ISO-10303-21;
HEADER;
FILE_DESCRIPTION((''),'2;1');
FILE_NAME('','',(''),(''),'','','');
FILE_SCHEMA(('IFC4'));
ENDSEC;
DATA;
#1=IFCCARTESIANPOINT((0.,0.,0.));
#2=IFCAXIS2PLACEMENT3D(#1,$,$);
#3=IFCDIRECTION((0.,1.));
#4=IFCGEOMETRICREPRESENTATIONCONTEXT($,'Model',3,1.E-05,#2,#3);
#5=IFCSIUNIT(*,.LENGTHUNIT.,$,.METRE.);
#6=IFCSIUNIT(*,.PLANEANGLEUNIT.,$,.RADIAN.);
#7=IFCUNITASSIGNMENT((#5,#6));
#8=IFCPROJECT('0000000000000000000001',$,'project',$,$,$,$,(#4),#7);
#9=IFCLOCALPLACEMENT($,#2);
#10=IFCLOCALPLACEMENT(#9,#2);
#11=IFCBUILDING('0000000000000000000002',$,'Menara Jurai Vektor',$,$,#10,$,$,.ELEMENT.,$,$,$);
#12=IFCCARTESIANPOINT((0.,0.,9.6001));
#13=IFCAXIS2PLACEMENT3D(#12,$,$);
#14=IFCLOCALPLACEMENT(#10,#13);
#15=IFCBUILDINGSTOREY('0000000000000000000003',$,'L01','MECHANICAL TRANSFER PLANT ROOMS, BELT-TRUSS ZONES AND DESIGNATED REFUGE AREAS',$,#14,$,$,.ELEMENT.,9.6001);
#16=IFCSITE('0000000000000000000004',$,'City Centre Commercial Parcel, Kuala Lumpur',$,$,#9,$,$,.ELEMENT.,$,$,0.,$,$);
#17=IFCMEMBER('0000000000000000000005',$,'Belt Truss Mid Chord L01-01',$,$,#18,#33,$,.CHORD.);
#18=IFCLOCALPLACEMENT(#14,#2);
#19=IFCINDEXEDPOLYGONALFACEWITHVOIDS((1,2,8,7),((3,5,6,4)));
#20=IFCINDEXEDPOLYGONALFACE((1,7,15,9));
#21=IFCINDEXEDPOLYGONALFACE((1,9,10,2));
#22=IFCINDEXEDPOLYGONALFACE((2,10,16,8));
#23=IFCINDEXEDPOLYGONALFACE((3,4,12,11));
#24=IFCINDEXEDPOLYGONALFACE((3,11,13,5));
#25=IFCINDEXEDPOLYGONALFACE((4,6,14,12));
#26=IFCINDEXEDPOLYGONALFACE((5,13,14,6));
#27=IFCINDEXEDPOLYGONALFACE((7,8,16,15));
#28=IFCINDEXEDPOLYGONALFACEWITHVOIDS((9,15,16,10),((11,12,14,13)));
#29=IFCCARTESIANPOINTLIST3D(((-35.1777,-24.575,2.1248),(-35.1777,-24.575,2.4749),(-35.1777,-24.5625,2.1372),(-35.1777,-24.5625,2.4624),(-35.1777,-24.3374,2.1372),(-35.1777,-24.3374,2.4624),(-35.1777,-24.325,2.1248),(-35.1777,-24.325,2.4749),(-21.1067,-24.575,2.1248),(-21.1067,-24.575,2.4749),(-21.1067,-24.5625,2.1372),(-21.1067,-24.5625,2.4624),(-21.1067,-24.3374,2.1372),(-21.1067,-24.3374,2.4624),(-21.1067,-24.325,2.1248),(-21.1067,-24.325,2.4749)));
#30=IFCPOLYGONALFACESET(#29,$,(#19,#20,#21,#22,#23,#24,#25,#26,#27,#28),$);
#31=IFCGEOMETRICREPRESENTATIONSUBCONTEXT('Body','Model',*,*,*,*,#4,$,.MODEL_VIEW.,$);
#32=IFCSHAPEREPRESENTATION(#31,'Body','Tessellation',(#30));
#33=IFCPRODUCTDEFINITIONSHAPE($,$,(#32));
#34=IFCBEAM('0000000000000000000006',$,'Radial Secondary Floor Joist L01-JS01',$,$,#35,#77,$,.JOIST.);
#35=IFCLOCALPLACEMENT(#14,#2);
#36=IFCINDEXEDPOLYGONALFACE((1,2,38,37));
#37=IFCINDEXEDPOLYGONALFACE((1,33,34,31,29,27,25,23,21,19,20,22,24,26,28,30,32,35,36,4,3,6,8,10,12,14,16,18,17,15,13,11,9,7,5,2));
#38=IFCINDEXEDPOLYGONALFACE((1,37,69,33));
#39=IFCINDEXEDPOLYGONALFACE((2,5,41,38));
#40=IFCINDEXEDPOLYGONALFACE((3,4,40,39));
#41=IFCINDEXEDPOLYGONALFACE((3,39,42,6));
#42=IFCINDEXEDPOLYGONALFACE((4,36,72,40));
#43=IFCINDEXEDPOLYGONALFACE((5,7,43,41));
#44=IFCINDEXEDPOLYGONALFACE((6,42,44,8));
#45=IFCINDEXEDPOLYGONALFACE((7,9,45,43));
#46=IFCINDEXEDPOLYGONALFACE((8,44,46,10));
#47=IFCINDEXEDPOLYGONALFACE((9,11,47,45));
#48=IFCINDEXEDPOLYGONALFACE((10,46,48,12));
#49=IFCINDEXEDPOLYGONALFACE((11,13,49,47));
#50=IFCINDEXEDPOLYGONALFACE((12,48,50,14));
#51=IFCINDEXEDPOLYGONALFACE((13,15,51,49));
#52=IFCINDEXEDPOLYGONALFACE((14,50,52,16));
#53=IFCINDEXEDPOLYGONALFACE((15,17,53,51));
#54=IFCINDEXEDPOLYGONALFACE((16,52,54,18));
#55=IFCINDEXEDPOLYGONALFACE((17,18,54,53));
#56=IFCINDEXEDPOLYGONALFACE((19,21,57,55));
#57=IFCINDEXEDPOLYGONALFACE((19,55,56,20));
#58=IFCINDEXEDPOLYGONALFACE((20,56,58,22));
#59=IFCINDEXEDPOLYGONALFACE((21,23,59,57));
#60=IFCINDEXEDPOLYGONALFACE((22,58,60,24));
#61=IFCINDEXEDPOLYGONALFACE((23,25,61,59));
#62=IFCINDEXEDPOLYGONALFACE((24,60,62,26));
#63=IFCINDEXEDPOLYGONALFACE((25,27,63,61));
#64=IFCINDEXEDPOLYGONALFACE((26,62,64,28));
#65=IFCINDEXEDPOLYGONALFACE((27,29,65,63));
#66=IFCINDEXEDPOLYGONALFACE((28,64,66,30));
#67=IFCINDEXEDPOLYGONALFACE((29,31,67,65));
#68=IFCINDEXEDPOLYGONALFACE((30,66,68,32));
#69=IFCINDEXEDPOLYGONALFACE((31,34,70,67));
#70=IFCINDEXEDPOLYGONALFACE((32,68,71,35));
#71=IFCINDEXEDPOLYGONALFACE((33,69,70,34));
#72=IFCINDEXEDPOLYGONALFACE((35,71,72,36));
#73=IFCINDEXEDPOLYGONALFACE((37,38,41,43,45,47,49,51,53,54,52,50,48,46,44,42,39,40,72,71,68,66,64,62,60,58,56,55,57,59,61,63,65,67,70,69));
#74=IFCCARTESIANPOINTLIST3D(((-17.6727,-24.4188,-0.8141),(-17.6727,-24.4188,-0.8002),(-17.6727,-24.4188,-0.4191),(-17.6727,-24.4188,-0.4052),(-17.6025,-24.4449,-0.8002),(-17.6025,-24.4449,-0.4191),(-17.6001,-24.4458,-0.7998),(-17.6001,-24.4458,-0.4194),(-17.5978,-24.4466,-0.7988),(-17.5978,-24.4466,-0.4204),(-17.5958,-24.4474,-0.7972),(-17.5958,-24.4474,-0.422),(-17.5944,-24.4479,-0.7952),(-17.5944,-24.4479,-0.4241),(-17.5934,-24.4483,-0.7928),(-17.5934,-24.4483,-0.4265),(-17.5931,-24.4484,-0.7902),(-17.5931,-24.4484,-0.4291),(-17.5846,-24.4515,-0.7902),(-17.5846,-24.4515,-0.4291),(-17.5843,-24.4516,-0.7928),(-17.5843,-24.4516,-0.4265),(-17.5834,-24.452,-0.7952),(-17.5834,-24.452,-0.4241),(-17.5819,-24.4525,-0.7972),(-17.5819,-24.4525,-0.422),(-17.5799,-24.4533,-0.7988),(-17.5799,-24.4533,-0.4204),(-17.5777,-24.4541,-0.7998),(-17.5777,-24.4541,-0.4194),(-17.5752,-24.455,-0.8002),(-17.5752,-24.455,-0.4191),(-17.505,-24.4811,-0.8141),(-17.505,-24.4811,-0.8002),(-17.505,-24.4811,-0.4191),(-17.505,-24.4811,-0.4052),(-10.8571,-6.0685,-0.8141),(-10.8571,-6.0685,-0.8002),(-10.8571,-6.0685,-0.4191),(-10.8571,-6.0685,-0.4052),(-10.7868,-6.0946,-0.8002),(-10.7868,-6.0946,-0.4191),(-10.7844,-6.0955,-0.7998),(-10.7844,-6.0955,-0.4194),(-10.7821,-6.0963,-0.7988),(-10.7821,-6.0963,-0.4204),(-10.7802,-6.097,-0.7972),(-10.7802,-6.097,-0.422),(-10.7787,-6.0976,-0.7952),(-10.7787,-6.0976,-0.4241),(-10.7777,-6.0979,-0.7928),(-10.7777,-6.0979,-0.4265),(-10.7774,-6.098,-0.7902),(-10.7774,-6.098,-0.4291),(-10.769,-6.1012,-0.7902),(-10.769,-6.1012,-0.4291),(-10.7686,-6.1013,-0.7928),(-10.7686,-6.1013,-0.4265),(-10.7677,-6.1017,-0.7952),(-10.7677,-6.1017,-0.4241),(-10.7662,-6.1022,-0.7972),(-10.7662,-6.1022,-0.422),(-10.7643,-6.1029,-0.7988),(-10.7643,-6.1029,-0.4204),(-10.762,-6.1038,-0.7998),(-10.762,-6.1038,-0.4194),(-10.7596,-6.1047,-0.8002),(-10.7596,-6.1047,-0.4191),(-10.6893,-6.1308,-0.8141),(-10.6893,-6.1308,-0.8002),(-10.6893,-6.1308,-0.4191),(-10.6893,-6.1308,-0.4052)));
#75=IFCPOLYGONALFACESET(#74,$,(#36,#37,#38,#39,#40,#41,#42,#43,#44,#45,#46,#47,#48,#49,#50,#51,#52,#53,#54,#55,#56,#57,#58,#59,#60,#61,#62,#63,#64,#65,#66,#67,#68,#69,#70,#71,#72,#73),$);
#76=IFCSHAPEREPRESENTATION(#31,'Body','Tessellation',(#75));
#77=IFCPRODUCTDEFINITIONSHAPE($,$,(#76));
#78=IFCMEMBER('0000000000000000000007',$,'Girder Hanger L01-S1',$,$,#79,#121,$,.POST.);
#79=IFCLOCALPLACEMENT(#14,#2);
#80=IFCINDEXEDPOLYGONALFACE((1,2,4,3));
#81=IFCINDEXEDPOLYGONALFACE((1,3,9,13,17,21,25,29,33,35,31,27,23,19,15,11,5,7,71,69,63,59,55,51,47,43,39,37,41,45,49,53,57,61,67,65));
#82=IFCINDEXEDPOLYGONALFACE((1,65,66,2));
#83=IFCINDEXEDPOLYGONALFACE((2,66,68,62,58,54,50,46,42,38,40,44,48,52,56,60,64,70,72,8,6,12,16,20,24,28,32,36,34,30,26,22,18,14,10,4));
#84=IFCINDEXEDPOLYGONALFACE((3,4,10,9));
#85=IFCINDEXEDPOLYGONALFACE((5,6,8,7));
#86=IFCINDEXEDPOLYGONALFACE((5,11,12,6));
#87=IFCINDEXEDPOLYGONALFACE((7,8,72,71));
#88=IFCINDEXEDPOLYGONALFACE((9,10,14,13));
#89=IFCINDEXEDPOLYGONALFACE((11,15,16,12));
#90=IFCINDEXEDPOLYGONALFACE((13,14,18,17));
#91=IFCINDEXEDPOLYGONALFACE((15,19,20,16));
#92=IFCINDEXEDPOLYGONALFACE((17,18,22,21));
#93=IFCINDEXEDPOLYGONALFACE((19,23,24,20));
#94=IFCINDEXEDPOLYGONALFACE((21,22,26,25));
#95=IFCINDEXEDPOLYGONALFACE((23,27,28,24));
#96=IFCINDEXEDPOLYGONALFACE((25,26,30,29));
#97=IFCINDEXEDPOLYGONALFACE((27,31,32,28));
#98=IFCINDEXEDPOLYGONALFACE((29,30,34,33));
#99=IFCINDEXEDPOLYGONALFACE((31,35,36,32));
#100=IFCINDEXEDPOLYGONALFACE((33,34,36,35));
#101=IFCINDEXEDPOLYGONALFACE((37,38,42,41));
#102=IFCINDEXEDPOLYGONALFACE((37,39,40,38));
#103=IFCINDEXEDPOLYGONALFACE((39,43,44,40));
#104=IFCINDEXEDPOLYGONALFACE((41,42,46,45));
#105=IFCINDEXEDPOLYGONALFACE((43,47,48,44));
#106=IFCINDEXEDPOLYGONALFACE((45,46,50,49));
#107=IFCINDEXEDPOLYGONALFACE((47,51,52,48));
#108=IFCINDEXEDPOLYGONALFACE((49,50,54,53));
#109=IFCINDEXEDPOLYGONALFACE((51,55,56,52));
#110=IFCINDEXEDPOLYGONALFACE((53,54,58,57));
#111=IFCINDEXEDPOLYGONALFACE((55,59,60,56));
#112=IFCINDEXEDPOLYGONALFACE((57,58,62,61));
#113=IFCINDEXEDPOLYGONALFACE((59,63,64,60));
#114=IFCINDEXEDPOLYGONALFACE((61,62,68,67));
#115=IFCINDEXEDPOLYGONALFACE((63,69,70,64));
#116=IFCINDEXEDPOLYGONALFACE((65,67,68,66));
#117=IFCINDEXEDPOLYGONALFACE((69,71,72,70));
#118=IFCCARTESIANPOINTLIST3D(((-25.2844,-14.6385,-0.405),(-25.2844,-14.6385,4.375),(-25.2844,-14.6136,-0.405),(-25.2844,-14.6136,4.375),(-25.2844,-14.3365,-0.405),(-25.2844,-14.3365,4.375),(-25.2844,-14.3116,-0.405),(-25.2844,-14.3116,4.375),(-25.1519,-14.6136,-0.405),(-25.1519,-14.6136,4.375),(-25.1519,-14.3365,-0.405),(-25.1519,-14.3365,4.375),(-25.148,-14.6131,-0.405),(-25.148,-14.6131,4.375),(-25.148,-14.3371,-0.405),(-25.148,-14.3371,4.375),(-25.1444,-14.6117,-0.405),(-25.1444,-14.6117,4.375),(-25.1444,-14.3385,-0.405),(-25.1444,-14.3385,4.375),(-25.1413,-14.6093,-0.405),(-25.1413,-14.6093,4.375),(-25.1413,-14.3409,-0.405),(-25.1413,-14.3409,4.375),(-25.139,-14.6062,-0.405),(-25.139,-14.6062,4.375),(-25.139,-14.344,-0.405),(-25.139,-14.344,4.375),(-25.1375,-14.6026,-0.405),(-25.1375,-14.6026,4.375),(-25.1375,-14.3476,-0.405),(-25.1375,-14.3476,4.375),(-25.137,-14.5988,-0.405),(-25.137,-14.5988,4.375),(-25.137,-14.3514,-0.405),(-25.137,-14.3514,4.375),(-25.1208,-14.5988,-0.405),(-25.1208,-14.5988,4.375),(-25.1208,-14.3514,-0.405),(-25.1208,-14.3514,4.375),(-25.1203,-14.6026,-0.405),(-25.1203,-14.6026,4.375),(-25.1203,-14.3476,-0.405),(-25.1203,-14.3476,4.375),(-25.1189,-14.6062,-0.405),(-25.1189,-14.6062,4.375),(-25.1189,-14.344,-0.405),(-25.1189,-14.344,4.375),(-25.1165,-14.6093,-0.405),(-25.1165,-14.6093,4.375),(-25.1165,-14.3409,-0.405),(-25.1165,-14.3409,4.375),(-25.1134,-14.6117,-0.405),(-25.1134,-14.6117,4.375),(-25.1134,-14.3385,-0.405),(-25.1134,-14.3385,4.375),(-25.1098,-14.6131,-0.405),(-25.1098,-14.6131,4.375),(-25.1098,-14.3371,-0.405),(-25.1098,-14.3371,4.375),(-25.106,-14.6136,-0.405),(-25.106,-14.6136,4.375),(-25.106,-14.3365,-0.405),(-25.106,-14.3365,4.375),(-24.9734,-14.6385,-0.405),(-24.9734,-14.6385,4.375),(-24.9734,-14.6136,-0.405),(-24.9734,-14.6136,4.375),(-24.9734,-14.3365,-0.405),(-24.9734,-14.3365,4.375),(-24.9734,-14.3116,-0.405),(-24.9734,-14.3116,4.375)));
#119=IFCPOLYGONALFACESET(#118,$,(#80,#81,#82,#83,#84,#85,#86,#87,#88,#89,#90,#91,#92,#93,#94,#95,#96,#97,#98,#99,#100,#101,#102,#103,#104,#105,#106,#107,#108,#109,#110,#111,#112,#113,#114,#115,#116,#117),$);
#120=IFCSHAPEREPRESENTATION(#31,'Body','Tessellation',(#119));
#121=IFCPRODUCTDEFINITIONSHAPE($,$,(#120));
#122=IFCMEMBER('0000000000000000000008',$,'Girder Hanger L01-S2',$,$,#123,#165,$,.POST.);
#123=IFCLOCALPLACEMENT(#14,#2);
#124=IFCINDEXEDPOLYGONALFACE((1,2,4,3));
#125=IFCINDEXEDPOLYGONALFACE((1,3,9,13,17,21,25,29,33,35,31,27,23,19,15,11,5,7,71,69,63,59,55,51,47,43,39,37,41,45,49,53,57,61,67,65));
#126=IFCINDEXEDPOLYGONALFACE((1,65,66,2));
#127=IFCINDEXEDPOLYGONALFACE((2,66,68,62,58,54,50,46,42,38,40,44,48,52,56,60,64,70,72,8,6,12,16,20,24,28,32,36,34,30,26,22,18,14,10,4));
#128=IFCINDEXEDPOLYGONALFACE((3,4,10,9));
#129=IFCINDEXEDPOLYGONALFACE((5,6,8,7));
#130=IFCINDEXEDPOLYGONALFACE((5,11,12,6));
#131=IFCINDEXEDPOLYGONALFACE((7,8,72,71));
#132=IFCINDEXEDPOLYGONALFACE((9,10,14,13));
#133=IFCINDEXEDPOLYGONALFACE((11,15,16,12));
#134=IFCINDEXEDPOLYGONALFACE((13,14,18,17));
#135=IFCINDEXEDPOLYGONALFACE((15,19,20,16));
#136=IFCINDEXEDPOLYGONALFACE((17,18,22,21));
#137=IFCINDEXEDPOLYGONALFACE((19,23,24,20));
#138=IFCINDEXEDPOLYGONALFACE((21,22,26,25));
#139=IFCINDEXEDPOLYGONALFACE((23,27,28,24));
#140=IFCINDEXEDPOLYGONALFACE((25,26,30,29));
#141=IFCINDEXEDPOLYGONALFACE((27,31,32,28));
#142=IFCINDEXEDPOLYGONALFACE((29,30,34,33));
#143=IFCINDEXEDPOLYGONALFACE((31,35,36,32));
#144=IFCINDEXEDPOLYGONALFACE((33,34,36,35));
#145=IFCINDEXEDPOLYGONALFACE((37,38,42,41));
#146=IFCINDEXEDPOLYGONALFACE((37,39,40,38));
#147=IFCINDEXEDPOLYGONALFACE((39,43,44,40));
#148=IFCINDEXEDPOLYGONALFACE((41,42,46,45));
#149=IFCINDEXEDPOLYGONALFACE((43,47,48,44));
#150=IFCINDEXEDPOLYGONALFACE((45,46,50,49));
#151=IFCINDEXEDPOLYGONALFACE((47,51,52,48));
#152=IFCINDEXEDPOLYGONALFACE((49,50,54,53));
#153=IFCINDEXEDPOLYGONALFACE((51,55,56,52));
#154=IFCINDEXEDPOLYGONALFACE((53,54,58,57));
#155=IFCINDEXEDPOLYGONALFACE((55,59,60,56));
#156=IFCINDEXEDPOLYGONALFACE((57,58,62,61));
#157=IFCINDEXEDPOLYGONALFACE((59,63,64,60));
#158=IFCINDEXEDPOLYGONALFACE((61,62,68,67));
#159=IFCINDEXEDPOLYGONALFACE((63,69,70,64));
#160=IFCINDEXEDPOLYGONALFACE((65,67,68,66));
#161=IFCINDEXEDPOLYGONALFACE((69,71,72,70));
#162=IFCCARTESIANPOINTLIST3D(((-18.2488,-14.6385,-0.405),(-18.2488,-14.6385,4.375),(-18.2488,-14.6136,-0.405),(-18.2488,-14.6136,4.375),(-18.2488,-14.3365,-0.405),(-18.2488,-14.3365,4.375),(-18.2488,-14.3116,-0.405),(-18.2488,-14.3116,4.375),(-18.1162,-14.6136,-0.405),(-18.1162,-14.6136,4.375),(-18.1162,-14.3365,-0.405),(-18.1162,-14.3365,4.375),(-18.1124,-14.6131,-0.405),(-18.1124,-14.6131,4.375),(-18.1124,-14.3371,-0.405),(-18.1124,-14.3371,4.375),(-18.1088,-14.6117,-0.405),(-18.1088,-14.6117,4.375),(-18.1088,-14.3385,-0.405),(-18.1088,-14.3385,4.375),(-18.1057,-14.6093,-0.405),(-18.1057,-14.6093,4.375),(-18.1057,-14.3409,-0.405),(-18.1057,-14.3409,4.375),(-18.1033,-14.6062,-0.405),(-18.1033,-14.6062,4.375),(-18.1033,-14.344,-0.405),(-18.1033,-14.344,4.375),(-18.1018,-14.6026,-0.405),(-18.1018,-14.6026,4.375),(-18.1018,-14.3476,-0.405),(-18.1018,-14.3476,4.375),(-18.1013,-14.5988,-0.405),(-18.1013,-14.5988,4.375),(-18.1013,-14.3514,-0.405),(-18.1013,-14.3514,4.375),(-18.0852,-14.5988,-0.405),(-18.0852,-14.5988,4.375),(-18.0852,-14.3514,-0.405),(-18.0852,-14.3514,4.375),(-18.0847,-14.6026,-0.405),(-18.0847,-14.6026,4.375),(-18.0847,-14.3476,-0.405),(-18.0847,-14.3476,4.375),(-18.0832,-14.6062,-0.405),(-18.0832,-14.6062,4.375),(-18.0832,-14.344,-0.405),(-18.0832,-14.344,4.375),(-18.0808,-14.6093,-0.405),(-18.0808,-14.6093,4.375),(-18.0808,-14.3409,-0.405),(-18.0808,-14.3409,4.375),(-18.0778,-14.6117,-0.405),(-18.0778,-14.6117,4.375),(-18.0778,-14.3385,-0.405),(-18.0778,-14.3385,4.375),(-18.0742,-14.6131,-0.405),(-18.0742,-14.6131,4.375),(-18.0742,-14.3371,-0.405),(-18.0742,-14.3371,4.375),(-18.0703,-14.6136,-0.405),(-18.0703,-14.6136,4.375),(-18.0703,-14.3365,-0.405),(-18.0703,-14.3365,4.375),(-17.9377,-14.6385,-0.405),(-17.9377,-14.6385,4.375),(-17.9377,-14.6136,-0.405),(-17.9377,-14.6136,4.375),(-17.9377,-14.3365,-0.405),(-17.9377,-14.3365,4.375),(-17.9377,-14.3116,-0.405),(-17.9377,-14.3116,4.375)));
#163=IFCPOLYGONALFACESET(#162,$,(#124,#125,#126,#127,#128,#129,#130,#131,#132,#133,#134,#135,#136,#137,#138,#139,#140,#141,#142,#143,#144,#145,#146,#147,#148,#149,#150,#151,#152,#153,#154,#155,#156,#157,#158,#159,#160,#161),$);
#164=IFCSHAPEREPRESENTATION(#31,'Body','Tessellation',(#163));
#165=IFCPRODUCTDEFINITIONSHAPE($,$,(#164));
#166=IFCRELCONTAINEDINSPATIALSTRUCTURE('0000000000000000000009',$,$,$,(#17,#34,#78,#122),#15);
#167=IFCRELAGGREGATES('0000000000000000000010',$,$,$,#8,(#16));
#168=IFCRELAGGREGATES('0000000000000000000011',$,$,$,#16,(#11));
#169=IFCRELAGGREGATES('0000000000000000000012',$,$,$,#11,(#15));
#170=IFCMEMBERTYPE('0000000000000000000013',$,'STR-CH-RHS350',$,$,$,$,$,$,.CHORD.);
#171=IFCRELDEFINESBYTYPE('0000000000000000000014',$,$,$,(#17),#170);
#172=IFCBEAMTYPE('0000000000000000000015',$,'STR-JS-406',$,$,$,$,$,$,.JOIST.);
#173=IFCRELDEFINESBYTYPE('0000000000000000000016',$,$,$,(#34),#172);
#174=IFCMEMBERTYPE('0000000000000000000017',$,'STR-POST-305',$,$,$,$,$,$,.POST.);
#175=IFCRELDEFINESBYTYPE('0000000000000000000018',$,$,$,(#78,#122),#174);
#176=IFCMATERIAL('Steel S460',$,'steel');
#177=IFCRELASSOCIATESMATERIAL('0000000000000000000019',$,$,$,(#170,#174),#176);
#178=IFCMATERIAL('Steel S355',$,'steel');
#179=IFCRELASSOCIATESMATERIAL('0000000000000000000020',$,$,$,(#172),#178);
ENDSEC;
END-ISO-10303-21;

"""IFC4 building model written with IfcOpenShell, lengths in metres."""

from ifc_helpers import new_model, si_unit, direction, frame, origin, origin_2d, place, context, subcontext, project, spatial, hollow_rectangle, i_section, extrude, material, material_profile, profile_set, type_object, element, save


model = new_model("IFC4")

# Units and contexts
model_context = context("Model", 3, precision=1e-05, world=origin(), true_north=direction((0.0, 1.0)))
body_context = subcontext(model_context, "Body", "Model", "MODEL_VIEW")
ifc_project = project(units=[si_unit("LENGTHUNIT", "METRE"), si_unit("PLANEANGLEUNIT", "RADIAN")], contexts=[model_context])

# Site, building, storey
site_placement = place(None, origin())
site = spatial("IfcSite", under=ifc_project, at=site_placement, Name="City Centre Commercial Parcel, Kuala Lumpur", CompositionType="ELEMENT", RefElevation=0.0)
building_placement = place(site_placement, origin())
building = spatial("IfcBuilding", under=site, at=building_placement, Name="Menara Jurai Vektor", CompositionType="ELEMENT")
storey_placement = place(building_placement, frame((0.0, 0.0, 9.6001)))
storey = spatial("IfcBuildingStorey", under=building, at=storey_placement, Name="L01", Description="MECHANICAL TRANSFER PLANT ROOMS, BELT-TRUSS ZONES AND DESIGNATED REFUGE AREAS", CompositionType="ELEMENT", Elevation=9.6001)

# Shared definitions
ifc_material_1 = material(Name="Steel S460", Category="steel")

# Member
ifc_material_profile_1 = material_profile(ifc_material_1, hollow_rectangle(XDim=0.25, YDim=0.3501, WallThickness=0.0125, at=origin_2d()), Name="RHS 350x250x12.5")
ifc_profile_set_1 = profile_set([ifc_material_profile_1], Name="Steel S460")
member_type_1 = type_object("IfcMemberType", Name="STR-CH-RHS350", PredefinedType="CHORD", material=ifc_profile_set_1)
member_1_placement = place(storey_placement, frame((-35.1777, -24.45, 2.2998), z_axis=(1.0, 0.0, 0.0), x_axis=(0.0, 1.0, 0.0)))
element("IfcMember", 1, at=member_1_placement, inside=storey, type_object=member_type_1, Name="Belt Truss Mid Chord L01-01", PredefinedType="CHORD", context=body_context, shape_type="SweptSolid", body=[
    extrude(hollow_rectangle(XDim=0.25, YDim=0.3501, WallThickness=0.0125, at=origin_2d()), origin(), (0.0, 0.0, 1.0), 14.071),
])

# Beam
ifc_material_2 = material(Name="Steel S355", Category="steel")
ifc_material_profile_2 = material_profile(ifc_material_2, i_section(OverallWidth=0.179, OverallDepth=0.4089, WebThickness=0.009, FlangeThickness=0.0139, FilletRadius=0.01, at=origin_2d()), Name="UKB 406x178x67")
ifc_profile_set_2 = profile_set([ifc_material_profile_2], Name="Steel S355")
beam_type_1 = type_object("IfcBeamType", Name="STR-JS-406", PredefinedType="JOIST", material=ifc_profile_set_2)
beam_1_placement = place(storey_placement, frame((-17.5889, -24.45, -0.6096), z_axis=(0.348179, 0.937428, 0.0), x_axis=(-0.937428, 0.348179, 0.0)))
element("IfcBeam", 2, at=beam_1_placement, inside=storey, type_object=beam_type_1, Name="Radial Secondary Floor Joist L01-JS01", PredefinedType="JOIST", context=body_context, shape_type="SweptSolid", body=[
    extrude(i_section(OverallWidth=0.179, OverallDepth=0.4089, WebThickness=0.009, FlangeThickness=0.0139, FilletRadius=0.01, at=origin_2d()), origin(), (0.0, 0.0, 1.0), 19.5752),
])

# Members
ifc_material_profile_3 = material_profile(ifc_material_1, i_section(OverallWidth=0.311, OverallDepth=0.3269, WebThickness=0.0161, FlangeThickness=0.0249, FilletRadius=0.0149, at=origin_2d()), Name="UKC 305x305x158")
ifc_profile_set_3 = profile_set([ifc_material_profile_3], Name="Steel S460")
member_type_2 = type_object("IfcMemberType", Name="STR-POST-305", PredefinedType="POST", material=ifc_profile_set_3)
for number, where, z_axis, x_axis, name in (
    (3, (-25.1289, -14.4751, -0.405), (0.0, 0.0, 1.0), (1.0, 0.0, 0.0), "Girder Hanger L01-S1"),
    (4, (-18.0933, -14.4751, -0.405), (0.0, 0.0, 1.0), (1.0, 0.0, 0.0), "Girder Hanger L01-S2"),
):
    element("IfcMember", number, at=place(storey_placement, frame(where, z_axis=z_axis, x_axis=x_axis)), inside=storey, type_object=member_type_2, Name=name, PredefinedType="POST", context=body_context, shape_type="SweptSolid", body=[
        extrude(i_section(OverallWidth=0.311, OverallDepth=0.3269, WebThickness=0.0161, FlangeThickness=0.0249, FilletRadius=0.0149, at=origin_2d()), origin(), (0.0, 0.0, 1.0), 4.78),
    ])

save(model, "model.ifc")
